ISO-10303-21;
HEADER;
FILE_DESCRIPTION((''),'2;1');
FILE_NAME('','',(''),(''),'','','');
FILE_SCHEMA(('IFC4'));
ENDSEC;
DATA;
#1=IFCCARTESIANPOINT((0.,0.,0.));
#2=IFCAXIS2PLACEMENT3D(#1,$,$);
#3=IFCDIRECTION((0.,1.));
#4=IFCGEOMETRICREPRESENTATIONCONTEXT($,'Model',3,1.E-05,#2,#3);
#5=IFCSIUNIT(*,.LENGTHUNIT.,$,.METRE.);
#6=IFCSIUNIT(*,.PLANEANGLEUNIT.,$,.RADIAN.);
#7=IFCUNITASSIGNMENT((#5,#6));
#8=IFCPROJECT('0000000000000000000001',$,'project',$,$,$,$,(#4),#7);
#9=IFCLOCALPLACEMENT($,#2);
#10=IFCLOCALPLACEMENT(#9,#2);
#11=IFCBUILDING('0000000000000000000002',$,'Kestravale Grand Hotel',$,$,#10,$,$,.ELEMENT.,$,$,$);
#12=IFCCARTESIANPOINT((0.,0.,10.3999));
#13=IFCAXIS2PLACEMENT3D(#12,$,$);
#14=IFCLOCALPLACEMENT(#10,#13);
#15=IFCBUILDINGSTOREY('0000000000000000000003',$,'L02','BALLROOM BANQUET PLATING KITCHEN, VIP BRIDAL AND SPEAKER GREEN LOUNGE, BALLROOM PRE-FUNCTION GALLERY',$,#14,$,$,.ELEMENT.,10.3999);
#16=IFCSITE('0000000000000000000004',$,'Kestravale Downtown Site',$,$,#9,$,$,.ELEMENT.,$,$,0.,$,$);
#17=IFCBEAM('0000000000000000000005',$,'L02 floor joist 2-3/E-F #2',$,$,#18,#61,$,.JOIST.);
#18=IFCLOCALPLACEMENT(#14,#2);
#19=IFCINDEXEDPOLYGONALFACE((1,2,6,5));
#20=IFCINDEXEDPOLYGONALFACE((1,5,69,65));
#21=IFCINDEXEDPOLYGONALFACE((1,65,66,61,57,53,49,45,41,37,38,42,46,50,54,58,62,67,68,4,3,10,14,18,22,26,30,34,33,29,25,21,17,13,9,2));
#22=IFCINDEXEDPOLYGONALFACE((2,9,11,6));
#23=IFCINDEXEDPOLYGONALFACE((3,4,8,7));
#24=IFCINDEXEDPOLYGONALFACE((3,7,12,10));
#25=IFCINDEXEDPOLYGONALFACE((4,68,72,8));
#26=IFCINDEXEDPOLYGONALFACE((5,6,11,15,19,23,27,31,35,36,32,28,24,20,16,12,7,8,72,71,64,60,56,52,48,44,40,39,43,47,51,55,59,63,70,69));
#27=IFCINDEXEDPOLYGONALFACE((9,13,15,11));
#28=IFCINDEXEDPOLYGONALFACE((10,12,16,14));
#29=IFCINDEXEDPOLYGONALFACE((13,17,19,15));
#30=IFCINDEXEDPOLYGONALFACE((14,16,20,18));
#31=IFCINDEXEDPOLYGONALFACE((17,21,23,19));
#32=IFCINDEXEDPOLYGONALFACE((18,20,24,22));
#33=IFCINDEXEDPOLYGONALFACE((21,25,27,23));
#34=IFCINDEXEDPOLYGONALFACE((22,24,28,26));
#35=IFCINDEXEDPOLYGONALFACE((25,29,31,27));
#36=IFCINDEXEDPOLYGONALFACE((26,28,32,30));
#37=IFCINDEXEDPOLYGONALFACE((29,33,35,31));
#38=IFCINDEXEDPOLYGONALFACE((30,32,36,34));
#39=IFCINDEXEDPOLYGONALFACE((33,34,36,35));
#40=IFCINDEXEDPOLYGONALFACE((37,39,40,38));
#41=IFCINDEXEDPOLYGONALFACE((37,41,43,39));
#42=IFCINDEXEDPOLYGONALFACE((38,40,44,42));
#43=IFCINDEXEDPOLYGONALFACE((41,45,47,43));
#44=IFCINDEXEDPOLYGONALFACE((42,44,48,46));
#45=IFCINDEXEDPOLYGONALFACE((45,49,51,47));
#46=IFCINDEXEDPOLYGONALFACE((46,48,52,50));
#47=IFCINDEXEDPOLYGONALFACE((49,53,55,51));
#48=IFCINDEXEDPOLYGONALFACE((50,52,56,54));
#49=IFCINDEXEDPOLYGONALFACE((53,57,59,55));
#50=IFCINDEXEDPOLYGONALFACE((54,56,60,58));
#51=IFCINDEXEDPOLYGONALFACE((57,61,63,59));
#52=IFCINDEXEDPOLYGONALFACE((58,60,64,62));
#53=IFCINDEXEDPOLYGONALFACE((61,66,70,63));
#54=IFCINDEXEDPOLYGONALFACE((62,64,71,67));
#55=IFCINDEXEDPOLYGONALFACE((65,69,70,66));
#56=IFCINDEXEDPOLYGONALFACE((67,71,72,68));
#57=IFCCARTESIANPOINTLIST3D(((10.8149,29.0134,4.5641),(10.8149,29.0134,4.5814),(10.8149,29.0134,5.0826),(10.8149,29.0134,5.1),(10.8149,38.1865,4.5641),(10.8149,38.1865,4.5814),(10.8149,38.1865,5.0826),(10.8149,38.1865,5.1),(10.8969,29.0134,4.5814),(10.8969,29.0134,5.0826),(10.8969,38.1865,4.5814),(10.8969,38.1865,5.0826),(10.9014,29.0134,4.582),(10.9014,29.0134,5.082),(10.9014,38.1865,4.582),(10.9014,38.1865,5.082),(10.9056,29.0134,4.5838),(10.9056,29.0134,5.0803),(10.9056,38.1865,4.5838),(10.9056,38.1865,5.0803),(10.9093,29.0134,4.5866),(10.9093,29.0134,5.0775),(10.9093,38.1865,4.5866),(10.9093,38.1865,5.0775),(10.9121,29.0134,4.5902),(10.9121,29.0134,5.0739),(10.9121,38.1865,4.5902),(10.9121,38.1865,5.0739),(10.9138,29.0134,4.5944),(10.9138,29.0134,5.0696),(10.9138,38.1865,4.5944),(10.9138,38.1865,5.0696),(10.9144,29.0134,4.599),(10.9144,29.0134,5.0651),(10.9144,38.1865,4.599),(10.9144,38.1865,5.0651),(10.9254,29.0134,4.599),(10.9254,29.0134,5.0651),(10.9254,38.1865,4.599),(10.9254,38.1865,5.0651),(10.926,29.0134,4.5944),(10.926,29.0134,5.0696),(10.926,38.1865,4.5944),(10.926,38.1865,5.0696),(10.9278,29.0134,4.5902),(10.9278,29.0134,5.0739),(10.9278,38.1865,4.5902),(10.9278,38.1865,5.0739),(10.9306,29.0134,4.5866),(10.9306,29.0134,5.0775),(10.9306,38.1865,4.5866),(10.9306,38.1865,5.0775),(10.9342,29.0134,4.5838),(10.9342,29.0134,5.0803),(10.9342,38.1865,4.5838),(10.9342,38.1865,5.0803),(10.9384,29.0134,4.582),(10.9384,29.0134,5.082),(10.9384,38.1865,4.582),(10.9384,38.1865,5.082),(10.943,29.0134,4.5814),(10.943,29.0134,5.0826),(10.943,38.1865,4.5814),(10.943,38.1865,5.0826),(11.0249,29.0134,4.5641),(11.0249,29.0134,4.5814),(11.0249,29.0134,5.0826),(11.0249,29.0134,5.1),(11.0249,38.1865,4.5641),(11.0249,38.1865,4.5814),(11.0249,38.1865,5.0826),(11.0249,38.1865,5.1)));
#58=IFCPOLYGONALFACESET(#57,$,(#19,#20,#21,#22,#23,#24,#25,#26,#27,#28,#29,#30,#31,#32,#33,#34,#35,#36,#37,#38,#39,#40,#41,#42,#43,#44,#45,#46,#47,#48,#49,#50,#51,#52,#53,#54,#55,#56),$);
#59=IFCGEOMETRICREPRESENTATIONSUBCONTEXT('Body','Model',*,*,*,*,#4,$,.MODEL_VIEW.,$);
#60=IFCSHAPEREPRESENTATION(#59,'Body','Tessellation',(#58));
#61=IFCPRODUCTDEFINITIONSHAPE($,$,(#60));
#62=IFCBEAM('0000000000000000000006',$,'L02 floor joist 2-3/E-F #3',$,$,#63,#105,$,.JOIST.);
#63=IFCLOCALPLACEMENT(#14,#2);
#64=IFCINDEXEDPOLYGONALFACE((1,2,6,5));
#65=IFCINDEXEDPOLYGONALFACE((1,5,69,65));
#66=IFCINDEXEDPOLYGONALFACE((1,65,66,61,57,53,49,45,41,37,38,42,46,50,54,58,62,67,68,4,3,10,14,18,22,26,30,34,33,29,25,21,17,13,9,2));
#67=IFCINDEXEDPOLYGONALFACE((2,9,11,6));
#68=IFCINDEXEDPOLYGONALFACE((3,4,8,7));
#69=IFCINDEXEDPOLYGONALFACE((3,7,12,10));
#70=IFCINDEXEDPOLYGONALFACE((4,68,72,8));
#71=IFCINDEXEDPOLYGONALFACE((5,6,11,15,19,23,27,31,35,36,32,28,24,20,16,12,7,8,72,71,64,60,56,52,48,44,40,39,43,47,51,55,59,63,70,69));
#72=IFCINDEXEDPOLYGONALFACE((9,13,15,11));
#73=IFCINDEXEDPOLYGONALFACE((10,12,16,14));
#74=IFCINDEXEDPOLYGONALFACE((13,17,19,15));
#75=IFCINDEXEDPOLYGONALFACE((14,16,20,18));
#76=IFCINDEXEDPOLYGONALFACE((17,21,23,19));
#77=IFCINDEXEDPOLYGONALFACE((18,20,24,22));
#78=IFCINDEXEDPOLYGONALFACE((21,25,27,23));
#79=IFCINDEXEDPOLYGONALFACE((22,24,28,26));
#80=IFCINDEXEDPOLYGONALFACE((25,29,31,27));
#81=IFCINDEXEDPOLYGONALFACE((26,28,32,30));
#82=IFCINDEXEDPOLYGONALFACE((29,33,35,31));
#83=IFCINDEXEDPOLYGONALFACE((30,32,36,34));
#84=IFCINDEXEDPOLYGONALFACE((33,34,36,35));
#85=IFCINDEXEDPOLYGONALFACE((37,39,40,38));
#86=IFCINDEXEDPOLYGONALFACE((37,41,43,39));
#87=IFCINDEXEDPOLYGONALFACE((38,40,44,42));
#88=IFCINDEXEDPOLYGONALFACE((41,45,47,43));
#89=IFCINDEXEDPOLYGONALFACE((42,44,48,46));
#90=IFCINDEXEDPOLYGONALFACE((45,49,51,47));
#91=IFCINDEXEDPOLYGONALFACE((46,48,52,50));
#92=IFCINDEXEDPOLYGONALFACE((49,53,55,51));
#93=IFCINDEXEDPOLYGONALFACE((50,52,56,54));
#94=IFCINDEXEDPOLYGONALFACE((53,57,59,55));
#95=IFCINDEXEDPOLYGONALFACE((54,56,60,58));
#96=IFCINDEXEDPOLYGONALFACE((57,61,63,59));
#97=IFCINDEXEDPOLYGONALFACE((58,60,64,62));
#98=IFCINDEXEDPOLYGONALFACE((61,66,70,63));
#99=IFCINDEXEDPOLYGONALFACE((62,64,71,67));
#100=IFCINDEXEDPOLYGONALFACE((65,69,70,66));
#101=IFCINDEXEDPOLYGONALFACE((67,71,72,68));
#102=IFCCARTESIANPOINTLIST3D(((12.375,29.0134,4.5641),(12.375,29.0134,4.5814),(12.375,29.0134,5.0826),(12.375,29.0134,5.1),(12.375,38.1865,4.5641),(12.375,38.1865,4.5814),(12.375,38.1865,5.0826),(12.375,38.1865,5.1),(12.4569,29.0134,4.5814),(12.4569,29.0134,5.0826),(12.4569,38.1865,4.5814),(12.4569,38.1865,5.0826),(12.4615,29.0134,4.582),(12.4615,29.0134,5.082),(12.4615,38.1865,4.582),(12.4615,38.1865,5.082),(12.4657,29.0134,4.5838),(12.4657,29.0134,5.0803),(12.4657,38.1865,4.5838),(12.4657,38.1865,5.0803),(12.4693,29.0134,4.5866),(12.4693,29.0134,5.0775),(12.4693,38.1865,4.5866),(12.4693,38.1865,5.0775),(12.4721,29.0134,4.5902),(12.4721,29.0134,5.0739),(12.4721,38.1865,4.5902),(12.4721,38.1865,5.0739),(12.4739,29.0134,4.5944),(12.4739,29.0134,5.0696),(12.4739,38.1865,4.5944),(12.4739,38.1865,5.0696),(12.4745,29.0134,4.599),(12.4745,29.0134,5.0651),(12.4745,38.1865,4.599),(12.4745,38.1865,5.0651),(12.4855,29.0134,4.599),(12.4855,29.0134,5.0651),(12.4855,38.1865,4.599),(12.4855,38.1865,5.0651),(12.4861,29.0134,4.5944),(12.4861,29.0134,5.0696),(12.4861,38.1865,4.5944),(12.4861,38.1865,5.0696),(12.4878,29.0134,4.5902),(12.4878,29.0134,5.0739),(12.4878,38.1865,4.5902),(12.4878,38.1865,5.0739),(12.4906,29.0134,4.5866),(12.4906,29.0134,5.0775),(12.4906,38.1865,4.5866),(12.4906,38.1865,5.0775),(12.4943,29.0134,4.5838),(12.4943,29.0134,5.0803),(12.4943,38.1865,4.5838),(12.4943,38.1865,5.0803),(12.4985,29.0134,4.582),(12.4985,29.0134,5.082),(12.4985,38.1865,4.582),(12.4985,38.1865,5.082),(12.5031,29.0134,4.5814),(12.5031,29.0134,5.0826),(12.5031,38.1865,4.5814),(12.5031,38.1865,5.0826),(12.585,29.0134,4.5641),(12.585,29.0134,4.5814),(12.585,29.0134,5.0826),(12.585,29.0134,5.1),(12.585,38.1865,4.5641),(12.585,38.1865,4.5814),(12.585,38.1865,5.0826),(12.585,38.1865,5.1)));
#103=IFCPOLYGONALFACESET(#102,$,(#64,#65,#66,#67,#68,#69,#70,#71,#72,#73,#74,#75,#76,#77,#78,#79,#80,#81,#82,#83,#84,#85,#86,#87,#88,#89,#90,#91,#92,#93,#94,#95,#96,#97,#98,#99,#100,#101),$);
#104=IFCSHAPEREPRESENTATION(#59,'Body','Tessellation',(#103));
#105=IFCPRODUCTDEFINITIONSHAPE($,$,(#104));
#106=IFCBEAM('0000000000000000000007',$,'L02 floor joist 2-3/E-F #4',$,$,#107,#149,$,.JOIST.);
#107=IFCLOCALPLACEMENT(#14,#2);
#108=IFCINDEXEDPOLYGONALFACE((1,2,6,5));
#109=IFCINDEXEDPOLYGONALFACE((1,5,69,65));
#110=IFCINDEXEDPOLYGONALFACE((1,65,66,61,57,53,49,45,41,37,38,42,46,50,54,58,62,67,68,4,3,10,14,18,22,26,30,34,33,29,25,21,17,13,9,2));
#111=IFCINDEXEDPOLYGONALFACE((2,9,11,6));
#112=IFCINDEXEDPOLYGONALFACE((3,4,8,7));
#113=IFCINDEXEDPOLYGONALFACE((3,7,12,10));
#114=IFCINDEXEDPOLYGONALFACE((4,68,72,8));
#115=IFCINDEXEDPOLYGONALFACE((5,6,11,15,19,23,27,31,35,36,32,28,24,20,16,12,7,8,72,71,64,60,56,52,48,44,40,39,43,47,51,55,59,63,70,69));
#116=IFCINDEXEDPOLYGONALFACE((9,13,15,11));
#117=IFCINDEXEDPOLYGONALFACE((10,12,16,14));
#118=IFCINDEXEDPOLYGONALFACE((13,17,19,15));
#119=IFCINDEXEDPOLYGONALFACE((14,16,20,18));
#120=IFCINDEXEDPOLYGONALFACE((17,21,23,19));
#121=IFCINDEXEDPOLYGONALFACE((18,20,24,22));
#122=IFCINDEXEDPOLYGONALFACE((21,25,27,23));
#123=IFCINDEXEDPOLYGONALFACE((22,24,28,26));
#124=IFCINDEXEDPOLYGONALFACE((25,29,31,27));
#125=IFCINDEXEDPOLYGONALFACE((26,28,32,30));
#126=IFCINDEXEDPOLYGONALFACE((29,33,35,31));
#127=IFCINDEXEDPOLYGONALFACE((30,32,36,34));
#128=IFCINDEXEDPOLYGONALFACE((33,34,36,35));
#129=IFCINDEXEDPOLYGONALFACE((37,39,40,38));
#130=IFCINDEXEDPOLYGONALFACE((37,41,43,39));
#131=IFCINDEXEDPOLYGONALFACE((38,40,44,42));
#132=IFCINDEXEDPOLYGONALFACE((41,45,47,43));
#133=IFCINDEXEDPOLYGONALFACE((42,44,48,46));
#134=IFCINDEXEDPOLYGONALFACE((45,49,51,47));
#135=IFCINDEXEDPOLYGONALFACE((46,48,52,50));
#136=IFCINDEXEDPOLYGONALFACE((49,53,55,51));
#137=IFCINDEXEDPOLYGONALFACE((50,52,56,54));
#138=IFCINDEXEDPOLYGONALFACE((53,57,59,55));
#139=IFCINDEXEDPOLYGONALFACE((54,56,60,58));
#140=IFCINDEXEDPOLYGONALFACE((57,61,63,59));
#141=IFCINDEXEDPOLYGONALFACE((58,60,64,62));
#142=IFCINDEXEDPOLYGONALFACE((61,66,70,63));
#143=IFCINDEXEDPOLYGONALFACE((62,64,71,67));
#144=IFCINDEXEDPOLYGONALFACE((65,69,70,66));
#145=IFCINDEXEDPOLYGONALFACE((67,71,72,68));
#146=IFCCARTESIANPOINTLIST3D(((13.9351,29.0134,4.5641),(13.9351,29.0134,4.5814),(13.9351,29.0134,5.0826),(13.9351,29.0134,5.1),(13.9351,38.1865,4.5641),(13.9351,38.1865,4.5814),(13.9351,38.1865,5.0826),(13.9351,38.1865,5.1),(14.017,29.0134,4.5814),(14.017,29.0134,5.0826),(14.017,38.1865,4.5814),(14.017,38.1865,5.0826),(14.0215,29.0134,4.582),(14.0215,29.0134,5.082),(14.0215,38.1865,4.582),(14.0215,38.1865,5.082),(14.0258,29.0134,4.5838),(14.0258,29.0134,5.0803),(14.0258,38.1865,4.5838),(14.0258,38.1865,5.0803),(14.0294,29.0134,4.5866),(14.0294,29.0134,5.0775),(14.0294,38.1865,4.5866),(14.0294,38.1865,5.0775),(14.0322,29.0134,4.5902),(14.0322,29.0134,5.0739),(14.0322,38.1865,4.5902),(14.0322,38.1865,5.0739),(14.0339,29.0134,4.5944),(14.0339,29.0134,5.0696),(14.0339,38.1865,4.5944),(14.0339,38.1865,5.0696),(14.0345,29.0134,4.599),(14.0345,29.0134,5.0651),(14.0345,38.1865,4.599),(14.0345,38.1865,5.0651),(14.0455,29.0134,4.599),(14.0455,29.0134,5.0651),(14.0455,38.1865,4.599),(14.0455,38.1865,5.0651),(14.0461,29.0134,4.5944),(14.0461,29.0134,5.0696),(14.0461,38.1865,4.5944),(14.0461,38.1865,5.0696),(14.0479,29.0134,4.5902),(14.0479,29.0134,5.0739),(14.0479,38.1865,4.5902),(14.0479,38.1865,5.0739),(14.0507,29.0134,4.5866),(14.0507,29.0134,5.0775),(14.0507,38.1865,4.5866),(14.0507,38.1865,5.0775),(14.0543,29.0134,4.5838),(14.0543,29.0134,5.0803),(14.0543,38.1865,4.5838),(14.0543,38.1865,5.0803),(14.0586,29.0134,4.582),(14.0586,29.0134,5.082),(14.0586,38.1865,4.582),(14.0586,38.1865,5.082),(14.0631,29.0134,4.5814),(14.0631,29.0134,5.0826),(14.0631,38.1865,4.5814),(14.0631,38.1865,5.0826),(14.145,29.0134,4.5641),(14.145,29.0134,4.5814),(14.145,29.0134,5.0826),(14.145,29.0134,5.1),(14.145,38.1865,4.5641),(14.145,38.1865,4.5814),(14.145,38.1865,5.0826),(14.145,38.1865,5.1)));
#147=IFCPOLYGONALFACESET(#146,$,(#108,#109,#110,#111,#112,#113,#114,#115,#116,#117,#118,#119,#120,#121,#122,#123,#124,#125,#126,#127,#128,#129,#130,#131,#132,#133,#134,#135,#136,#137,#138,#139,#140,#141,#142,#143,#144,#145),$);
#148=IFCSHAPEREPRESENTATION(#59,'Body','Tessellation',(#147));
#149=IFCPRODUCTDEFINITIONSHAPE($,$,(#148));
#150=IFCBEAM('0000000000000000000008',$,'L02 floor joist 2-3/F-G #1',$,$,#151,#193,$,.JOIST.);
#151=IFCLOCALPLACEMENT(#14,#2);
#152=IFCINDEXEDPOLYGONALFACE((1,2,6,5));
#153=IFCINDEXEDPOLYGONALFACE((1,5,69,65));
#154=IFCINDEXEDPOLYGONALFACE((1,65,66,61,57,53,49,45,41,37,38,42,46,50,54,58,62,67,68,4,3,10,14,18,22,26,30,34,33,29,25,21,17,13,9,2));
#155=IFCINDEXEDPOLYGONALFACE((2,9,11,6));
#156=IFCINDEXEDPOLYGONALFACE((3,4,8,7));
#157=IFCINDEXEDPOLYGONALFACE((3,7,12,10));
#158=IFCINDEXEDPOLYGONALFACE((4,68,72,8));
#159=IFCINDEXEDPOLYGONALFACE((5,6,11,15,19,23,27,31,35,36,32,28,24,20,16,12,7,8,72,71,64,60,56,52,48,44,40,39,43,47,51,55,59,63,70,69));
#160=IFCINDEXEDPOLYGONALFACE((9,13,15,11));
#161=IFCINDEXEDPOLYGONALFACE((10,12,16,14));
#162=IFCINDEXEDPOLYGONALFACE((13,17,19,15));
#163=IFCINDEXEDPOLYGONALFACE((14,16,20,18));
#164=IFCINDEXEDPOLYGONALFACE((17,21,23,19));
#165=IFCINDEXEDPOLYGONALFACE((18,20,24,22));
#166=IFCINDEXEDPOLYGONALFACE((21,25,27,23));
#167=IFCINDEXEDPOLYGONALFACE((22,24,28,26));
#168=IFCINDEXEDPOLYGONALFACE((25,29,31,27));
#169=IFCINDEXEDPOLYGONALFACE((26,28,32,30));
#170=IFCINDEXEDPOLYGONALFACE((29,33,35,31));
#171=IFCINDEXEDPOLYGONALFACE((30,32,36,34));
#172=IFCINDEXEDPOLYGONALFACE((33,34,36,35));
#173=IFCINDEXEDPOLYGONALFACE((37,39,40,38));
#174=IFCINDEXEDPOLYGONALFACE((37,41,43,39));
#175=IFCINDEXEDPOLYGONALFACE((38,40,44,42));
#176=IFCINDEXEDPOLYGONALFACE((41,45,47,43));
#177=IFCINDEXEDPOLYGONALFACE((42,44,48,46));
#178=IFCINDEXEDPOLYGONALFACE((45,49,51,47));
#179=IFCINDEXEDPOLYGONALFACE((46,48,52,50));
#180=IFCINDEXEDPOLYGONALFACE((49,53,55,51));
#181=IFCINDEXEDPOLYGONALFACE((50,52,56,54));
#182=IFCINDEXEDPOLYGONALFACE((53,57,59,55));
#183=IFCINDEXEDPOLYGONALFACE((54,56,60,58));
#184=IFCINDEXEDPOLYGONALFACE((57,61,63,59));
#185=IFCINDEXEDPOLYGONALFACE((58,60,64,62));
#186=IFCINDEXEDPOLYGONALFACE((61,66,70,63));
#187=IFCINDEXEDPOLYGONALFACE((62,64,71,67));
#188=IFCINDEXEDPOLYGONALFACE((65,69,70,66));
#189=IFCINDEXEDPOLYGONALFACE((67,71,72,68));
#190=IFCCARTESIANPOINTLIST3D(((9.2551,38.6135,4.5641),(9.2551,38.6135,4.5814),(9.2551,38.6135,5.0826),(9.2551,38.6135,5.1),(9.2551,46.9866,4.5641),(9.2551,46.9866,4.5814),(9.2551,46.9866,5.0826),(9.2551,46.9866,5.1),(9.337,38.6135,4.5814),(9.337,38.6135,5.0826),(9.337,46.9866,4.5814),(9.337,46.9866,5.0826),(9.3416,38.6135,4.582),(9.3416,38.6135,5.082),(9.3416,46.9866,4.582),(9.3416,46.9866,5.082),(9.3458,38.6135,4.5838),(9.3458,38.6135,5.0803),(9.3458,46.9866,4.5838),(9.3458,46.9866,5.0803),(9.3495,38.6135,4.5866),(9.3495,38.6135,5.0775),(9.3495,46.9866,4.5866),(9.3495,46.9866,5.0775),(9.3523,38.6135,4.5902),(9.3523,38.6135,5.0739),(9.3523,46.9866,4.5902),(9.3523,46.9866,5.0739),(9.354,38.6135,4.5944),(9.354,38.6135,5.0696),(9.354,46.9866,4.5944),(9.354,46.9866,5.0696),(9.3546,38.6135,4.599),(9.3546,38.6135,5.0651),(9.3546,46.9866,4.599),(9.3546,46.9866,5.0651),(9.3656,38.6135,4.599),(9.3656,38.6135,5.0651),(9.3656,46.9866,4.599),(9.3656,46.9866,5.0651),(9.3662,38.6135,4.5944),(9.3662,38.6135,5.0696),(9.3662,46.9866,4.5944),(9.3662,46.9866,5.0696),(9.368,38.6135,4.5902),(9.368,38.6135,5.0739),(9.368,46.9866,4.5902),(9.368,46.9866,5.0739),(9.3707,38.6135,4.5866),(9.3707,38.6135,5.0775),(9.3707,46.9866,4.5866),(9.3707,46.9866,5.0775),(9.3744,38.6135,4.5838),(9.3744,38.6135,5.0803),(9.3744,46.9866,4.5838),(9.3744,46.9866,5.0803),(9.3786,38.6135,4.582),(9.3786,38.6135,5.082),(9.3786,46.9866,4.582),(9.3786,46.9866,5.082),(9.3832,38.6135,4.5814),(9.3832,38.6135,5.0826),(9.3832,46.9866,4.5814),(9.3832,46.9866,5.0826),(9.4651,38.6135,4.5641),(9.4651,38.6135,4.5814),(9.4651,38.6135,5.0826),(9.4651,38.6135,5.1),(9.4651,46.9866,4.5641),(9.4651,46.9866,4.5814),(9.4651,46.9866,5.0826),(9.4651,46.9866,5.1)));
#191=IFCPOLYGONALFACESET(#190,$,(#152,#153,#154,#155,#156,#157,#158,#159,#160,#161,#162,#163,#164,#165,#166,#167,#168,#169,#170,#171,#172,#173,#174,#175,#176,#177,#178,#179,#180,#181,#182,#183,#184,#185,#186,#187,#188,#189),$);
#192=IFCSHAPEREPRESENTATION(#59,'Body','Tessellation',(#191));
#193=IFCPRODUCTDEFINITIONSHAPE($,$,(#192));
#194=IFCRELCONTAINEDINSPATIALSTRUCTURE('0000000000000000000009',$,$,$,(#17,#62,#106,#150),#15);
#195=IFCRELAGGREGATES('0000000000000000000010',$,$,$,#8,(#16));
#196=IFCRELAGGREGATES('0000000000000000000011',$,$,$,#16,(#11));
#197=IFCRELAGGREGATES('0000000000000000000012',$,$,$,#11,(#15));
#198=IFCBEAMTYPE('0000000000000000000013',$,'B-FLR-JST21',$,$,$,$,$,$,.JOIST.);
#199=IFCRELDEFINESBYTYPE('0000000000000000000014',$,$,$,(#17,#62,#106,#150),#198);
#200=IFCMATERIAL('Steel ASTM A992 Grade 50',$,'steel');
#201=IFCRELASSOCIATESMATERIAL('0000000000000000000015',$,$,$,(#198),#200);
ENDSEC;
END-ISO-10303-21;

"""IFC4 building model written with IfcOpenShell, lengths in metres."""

from ifc_helpers import new_model, si_unit, direction, frame, origin, origin_2d, place, context, subcontext, project, spatial, i_section, extrude, material, material_profile, profile_set, type_object, element, save


model = new_model("IFC4")

# Units and contexts
model_context = context("Model", 3, precision=1e-05, world=origin(), true_north=direction((0.0, 1.0)))
body_context = subcontext(model_context, "Body", "Model", "MODEL_VIEW")
ifc_project = project(units=[si_unit("LENGTHUNIT", "METRE"), si_unit("PLANEANGLEUNIT", "RADIAN")], contexts=[model_context])

# Site, building, storey
site_placement = place(None, origin())
site = spatial("IfcSite", under=ifc_project, at=site_placement, Name="Kestravale Downtown Site", CompositionType="ELEMENT", RefElevation=0.0)
building_placement = place(site_placement, origin())
building = spatial("IfcBuilding", under=site, at=building_placement, Name="Kestravale Grand Hotel", CompositionType="ELEMENT")
storey_placement = place(building_placement, frame((0.0, 0.0, 10.3999)))
storey = spatial("IfcBuildingStorey", under=building, at=storey_placement, Name="L02", Description="BALLROOM BANQUET PLATING KITCHEN, VIP BRIDAL AND SPEAKER GREEN LOUNGE, BALLROOM PRE-FUNCTION GALLERY", CompositionType="ELEMENT", Elevation=10.3999)

# Beams
ifc_material_1 = material(Name="Steel ASTM A992 Grade 50", Category="steel")
ifc_material_profile_1 = material_profile(ifc_material_1, i_section(OverallWidth=0.21, OverallDepth=0.5359, WebThickness=0.011, FlangeThickness=0.0173, FilletRadius=0.0176, at=origin_2d()))
ifc_profile_set_1 = profile_set([ifc_material_profile_1], Name="Steel ASTM A992 Grade 50")
beam_type_1 = type_object("IfcBeamType", Name="B-FLR-JST21", PredefinedType="JOIST", material=ifc_profile_set_1)
for number, where, z_axis, x_axis, name in (
    (1, (10.9199, 29.0134, 4.832), (0.0, 1.0, 0.0), (-1.0, 0.0, 0.0), "L02 floor joist 2-3/E-F #2"),
    (2, (12.48, 29.0134, 4.832), (0.0, 1.0, 0.0), (-1.0, 0.0, 0.0), "L02 floor joist 2-3/E-F #3"),
    (3, (14.04, 29.0134, 4.832), (0.0, 1.0, 0.0), (-1.0, 0.0, 0.0), "L02 floor joist 2-3/E-F #4"),
):
    element("IfcBeam", number, at=place(storey_placement, frame(where, z_axis=z_axis, x_axis=x_axis)), inside=storey, type_object=beam_type_1, Name=name, PredefinedType="JOIST", context=body_context, shape_type="SweptSolid", body=[
        extrude(i_section(OverallWidth=0.21, OverallDepth=0.5359, WebThickness=0.011, FlangeThickness=0.0173, FilletRadius=0.0176, at=origin_2d()), origin(), (0.0, 0.0, 1.0), 9.1731),
    ])
for number, where, z_axis, x_axis, name in (
    (4, (9.3601, 38.6135, 4.832), (0.0, 1.0, 0.0), (-1.0, 0.0, 0.0), "L02 floor joist 2-3/F-G #1"),
):
    element("IfcBeam", number, at=place(storey_placement, frame(where, z_axis=z_axis, x_axis=x_axis)), inside=storey, type_object=beam_type_1, Name=name, PredefinedType="JOIST", context=body_context, shape_type="SweptSolid", body=[
        extrude(i_section(OverallWidth=0.21, OverallDepth=0.5359, WebThickness=0.011, FlangeThickness=0.0173, FilletRadius=0.0176, at=origin_2d()), origin(), (0.0, 0.0, 1.0), 8.373),
    ])

save(model, "model.ifc")
